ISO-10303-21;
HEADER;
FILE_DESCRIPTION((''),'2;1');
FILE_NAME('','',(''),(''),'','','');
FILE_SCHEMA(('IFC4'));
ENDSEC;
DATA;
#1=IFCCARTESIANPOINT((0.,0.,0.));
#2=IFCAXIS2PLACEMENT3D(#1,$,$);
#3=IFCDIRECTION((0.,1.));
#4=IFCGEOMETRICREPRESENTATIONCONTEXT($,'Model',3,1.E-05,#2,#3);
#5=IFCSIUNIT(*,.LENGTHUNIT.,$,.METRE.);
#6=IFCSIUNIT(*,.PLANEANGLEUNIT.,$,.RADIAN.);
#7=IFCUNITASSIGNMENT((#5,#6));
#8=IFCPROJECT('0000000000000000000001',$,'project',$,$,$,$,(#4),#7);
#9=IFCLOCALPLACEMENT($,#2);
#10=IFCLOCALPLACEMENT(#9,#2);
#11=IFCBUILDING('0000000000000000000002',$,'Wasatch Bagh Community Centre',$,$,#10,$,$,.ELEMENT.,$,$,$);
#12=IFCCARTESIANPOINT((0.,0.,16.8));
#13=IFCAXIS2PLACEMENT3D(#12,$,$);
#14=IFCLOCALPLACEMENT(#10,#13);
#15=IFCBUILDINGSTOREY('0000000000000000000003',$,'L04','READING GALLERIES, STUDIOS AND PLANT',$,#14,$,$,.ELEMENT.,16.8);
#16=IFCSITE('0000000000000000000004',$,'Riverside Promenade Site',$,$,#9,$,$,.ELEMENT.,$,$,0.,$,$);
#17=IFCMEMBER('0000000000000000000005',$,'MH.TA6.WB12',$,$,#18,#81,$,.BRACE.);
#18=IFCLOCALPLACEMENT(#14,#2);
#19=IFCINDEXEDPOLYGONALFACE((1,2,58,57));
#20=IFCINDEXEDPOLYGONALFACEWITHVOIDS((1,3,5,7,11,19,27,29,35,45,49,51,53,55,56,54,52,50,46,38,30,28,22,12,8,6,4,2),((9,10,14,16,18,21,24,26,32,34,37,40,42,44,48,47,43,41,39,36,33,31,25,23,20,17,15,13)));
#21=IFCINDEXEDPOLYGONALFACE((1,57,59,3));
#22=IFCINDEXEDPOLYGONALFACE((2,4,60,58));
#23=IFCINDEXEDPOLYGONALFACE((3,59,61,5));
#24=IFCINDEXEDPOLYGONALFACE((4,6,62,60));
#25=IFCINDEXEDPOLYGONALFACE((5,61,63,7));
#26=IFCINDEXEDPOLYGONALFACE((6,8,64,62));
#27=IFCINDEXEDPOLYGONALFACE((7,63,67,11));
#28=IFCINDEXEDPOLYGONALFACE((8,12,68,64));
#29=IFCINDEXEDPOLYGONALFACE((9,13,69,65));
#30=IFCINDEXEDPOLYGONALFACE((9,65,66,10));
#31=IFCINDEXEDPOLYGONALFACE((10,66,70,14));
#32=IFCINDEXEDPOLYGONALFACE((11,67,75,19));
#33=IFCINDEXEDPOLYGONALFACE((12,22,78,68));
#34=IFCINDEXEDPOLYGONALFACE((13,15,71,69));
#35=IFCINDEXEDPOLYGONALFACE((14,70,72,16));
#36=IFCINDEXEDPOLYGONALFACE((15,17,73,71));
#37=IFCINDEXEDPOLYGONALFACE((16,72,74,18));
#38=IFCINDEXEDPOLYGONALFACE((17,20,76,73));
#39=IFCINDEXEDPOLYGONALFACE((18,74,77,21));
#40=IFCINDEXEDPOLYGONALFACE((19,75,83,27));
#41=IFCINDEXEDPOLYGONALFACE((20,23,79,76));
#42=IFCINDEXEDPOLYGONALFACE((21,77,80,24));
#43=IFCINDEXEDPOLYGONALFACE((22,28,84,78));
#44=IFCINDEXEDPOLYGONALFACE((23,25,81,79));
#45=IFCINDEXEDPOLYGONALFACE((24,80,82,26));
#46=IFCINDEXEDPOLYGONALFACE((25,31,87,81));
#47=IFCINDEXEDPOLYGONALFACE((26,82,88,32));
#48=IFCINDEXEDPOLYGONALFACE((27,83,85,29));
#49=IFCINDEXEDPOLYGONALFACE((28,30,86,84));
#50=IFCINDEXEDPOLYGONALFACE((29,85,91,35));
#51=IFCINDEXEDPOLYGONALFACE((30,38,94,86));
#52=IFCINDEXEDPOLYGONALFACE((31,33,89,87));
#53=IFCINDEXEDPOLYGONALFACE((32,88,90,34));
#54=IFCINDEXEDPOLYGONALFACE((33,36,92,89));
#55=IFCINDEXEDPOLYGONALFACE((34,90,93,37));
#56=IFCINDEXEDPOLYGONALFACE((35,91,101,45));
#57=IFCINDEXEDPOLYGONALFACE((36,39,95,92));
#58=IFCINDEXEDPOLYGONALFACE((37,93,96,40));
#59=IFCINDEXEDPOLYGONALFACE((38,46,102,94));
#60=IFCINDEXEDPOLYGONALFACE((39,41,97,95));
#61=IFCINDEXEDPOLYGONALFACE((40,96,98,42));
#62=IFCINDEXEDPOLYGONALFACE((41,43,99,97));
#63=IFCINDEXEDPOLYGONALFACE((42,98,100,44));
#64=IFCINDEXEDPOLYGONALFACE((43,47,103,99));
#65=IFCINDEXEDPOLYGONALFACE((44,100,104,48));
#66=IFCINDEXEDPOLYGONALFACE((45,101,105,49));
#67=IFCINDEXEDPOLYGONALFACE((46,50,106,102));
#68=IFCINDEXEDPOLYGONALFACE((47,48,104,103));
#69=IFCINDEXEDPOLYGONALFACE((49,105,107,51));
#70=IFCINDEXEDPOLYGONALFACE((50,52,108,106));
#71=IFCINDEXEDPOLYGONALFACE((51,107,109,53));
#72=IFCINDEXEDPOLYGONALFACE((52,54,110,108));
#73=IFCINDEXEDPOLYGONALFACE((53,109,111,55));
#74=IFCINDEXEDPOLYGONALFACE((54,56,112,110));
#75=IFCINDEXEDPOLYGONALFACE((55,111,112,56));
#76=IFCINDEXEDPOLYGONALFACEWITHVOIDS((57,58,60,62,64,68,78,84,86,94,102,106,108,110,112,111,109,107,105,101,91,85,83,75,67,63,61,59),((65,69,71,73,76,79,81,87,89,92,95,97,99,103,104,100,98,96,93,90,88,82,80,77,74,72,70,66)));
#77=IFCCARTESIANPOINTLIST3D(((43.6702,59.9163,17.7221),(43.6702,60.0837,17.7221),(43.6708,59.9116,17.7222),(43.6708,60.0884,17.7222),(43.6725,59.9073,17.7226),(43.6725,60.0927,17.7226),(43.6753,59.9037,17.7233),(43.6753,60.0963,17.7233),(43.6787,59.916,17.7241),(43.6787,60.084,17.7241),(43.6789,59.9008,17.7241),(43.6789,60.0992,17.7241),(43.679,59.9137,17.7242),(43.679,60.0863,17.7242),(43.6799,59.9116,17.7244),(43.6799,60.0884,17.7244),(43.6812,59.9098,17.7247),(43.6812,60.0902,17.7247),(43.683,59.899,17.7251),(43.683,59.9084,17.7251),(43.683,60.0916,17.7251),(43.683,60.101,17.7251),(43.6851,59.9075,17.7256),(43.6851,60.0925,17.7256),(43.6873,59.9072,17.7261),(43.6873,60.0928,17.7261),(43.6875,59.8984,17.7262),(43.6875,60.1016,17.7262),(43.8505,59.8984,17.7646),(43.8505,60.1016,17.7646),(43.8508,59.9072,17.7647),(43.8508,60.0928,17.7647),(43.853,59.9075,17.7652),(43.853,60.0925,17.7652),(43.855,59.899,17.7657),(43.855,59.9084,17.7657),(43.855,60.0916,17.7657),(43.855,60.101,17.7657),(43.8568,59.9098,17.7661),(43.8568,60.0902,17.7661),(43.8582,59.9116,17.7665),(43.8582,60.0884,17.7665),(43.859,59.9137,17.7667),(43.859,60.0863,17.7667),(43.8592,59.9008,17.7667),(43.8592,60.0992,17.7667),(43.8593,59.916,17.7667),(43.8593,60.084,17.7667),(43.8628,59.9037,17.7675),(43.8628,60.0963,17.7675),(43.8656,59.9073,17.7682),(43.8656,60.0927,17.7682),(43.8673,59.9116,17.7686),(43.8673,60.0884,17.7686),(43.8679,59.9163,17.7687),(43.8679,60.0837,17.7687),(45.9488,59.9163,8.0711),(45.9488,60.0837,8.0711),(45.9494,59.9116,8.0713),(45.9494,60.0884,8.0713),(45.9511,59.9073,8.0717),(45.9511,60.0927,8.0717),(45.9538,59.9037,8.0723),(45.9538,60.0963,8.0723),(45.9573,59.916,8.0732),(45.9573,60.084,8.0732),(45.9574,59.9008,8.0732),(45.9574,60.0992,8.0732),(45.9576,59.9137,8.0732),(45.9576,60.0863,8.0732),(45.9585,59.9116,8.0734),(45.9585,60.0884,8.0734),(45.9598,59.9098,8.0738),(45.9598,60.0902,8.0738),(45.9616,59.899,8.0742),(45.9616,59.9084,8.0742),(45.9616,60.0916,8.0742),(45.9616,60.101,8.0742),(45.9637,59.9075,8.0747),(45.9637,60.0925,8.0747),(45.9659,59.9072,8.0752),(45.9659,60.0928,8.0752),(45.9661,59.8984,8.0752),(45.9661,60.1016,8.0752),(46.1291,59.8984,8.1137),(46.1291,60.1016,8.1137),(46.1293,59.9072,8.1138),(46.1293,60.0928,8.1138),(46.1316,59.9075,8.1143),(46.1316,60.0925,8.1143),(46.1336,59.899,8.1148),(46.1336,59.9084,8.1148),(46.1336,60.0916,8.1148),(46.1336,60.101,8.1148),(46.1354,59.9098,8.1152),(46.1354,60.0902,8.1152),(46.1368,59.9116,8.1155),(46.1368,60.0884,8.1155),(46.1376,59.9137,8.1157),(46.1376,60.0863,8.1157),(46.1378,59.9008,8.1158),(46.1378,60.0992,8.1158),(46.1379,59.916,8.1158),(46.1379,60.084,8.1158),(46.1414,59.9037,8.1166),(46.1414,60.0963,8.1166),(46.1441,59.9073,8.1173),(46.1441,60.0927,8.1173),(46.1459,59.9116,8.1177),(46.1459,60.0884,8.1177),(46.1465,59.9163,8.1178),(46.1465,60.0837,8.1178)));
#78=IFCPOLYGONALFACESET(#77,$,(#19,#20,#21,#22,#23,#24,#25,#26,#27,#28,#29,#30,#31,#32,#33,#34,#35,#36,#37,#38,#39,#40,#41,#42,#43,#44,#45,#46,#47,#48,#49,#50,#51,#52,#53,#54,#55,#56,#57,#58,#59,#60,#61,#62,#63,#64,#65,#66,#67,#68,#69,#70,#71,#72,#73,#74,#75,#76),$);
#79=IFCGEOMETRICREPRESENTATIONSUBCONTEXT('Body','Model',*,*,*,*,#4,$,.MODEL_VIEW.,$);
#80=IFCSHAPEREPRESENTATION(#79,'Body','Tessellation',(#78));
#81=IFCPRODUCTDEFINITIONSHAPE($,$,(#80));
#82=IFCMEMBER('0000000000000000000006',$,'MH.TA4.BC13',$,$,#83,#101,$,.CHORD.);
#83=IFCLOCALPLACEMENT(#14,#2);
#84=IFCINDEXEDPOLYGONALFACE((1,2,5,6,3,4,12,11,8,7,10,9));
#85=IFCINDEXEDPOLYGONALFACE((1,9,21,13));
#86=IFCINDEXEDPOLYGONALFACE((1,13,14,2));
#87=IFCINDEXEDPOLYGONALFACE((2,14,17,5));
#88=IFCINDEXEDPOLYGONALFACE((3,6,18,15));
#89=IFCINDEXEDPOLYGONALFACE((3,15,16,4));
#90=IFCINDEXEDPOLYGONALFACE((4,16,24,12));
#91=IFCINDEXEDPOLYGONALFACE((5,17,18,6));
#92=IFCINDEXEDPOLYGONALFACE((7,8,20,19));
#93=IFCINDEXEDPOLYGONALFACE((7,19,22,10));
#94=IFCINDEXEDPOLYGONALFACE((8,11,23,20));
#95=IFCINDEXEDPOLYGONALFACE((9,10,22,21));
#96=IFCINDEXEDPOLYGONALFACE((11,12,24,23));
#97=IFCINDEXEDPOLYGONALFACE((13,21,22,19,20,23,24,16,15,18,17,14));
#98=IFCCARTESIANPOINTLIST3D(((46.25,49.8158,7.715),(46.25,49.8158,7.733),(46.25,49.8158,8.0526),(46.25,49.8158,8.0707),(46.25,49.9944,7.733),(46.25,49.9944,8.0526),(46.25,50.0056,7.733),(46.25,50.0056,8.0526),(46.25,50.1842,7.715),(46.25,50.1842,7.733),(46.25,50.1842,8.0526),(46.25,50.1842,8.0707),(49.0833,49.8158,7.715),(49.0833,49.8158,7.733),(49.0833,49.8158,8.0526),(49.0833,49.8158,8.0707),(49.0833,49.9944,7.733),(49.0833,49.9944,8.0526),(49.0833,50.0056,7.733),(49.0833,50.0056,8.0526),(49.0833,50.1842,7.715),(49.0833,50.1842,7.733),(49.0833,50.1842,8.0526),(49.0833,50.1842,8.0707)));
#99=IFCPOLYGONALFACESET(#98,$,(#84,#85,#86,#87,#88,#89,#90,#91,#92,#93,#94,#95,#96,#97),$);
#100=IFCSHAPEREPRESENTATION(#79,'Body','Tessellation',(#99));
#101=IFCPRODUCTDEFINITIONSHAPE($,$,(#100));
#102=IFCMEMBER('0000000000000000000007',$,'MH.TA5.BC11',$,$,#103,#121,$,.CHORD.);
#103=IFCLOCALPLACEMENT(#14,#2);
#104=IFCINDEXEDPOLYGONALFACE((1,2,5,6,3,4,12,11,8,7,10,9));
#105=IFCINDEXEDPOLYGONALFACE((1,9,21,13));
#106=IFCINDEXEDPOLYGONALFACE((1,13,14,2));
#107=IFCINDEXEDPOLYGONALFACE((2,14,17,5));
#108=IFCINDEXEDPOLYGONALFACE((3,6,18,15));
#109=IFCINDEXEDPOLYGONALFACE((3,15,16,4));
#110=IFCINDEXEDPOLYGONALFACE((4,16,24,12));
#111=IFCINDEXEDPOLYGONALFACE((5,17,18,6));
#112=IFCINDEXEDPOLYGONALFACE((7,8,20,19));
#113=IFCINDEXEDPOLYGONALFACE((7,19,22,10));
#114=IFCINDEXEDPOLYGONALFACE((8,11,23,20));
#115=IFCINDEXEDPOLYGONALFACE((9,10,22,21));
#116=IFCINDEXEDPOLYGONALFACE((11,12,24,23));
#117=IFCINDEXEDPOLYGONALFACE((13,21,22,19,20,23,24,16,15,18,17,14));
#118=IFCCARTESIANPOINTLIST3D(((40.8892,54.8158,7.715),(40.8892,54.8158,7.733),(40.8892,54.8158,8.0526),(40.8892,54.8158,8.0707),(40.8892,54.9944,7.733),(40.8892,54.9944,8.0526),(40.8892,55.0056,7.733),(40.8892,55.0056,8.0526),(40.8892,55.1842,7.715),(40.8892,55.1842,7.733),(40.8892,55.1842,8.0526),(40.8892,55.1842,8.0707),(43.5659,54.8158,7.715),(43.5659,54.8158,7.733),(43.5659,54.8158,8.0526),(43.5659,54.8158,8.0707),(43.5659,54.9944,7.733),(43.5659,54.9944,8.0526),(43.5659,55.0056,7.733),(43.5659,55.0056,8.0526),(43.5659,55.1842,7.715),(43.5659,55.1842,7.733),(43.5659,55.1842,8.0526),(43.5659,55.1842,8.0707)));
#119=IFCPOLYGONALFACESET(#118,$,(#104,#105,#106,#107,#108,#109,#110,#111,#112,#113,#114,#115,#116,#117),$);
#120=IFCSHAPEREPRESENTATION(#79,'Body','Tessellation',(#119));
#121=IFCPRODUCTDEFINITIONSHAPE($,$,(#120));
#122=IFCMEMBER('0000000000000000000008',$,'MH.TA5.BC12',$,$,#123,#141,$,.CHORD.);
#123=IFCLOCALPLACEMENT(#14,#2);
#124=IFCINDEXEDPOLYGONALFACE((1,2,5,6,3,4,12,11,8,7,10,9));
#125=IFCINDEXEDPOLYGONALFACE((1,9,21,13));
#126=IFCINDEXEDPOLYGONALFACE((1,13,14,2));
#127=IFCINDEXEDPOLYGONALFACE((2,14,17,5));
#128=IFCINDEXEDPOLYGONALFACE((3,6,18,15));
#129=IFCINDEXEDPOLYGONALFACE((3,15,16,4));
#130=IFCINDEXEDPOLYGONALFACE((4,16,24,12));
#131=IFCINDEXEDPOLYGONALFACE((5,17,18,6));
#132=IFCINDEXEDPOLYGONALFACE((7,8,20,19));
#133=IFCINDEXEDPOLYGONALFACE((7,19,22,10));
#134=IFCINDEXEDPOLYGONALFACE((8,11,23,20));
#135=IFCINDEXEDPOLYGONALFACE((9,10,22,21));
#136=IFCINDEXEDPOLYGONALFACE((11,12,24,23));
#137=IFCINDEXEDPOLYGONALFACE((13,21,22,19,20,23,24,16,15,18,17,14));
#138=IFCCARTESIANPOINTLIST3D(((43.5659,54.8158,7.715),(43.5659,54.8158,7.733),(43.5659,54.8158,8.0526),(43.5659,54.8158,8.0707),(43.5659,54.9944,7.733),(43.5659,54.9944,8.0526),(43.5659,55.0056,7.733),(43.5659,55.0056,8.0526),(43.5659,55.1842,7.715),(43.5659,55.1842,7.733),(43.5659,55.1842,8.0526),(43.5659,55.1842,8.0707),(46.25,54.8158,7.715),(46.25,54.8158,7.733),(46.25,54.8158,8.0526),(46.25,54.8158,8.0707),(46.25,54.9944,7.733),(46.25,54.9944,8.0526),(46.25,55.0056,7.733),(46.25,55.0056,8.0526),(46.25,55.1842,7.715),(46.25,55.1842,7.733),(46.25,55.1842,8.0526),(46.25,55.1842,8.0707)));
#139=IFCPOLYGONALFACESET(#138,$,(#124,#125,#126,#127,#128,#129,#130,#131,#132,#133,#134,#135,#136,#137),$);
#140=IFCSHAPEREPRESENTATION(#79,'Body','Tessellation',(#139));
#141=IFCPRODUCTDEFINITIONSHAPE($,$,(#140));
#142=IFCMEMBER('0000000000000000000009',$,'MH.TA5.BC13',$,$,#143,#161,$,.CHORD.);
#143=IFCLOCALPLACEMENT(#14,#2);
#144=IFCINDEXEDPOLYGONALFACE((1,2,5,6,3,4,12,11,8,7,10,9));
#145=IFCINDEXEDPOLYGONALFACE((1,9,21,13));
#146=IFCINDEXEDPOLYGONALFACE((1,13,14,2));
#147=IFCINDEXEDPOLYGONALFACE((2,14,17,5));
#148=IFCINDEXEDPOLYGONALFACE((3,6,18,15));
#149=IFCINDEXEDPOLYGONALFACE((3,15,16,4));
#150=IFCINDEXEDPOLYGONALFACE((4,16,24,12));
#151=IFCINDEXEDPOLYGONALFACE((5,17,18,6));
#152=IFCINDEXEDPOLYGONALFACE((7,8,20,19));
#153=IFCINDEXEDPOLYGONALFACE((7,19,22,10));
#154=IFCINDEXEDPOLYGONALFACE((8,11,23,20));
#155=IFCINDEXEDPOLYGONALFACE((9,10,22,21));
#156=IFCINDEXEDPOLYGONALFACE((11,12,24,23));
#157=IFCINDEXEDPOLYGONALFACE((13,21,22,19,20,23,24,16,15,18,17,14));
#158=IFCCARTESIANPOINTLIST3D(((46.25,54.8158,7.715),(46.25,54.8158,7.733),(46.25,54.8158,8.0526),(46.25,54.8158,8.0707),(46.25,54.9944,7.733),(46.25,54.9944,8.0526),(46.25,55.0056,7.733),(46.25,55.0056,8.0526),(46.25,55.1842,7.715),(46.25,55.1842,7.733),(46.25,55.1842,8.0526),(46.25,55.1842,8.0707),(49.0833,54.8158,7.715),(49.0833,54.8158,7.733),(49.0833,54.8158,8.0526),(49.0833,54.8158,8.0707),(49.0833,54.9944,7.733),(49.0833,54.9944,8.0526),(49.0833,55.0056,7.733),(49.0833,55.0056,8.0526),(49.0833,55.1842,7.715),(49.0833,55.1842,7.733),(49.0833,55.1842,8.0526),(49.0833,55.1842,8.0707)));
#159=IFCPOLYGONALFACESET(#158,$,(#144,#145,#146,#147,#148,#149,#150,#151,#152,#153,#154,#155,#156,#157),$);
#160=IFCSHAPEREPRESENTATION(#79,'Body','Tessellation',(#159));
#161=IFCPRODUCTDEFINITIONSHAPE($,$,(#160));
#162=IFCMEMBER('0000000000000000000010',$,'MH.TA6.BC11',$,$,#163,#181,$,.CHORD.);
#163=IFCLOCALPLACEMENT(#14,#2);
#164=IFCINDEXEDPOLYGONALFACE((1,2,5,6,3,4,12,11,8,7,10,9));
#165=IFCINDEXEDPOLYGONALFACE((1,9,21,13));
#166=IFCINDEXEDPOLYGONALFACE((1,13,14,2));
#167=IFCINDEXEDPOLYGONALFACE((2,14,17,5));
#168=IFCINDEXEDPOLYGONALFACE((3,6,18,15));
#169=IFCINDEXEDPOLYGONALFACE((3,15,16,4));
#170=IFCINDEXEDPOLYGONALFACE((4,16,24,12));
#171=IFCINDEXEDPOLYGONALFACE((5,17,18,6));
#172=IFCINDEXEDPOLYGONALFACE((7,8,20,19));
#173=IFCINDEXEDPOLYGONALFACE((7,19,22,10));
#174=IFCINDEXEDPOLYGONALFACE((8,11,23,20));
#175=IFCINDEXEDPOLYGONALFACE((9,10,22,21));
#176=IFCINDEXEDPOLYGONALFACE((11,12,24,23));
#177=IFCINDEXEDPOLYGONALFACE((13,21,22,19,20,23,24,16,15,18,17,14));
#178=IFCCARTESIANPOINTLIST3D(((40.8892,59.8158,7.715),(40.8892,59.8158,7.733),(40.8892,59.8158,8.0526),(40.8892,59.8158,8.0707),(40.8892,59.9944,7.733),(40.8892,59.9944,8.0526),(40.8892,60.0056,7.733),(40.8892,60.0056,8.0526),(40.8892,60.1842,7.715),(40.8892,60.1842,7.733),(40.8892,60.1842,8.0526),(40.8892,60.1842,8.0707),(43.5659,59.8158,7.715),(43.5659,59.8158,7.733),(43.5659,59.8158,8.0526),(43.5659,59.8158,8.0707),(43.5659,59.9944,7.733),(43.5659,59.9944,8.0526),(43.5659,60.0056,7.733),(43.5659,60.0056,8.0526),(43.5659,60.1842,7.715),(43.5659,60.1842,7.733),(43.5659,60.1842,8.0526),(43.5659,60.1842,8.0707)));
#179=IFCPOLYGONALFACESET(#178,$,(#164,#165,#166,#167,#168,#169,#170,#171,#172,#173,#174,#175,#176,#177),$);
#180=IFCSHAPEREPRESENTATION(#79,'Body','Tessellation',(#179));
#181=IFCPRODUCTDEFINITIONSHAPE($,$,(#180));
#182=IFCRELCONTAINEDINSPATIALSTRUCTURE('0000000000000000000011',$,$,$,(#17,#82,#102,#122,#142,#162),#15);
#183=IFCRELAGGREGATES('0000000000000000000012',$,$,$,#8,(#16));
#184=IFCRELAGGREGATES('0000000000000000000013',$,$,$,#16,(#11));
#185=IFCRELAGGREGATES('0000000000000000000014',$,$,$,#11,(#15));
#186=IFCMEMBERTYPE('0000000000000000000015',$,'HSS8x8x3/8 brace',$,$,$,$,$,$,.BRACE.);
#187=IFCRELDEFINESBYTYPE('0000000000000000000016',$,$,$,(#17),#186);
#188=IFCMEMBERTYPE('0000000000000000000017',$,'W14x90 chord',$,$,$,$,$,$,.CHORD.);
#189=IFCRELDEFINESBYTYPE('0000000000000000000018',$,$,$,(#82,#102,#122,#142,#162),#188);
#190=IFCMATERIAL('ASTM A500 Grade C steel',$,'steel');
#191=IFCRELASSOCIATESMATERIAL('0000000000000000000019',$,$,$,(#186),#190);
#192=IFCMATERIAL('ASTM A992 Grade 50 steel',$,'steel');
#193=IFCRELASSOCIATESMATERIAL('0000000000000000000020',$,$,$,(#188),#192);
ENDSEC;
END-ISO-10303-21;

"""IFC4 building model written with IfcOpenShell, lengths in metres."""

from ifc_helpers import new_model, si_unit, direction, frame, origin, origin_2d, place, context, subcontext, project, spatial, hollow_rectangle, i_section, extrude, material, material_profile, profile_set, type_object, element, save


model = new_model("IFC4")

# Units and contexts
model_context = context("Model", 3, precision=1e-05, world=origin(), true_north=direction((0.0, 1.0)))
body_context = subcontext(model_context, "Body", "Model", "MODEL_VIEW")
ifc_project = project(units=[si_unit("LENGTHUNIT", "METRE"), si_unit("PLANEANGLEUNIT", "RADIAN")], contexts=[model_context])

# Site, building, storey
site_placement = place(None, origin())
site = spatial("IfcSite", under=ifc_project, at=site_placement, Name="Riverside Promenade Site", CompositionType="ELEMENT", RefElevation=0.0)
building_placement = place(site_placement, origin())
building = spatial("IfcBuilding", under=site, at=building_placement, Name="Wasatch Bagh Community Centre", CompositionType="ELEMENT")
storey_placement = place(building_placement, frame((0.0, 0.0, 16.8)))
storey = spatial("IfcBuildingStorey", under=building, at=storey_placement, Name="L04", Description="READING GALLERIES, STUDIOS AND PLANT", CompositionType="ELEMENT", Elevation=16.8)

# Members
ifc_material_1 = material(Name="ASTM A500 Grade C steel", Category="steel")
ifc_material_profile_1 = material_profile(ifc_material_1, hollow_rectangle(XDim=0.2031, YDim=0.2031, WallThickness=0.0088, InnerFilletRadius=0.0088, OuterFilletRadius=0.0178, at=origin_2d()), Name="HSS8x8x3/8")
ifc_profile_set_1 = profile_set([ifc_material_profile_1], Name="ASTM A500 Grade C steel")
member_type_1 = type_object("IfcMemberType", Name="HSS8x8x3/8 brace", PredefinedType="BRACE", material=ifc_profile_set_1)
member_1_placement = place(storey_placement, frame((46.0476, 60.0, 8.0945), z_axis=(-0.229782, 0.0, 0.973242), x_axis=(0.0, -1.0, 0.0)))
element("IfcMember", 1, at=member_1_placement, inside=storey, type_object=member_type_1, Name="MH.TA6.WB12", PredefinedType="BRACE", context=body_context, shape_type="SweptSolid", body=[
    extrude(hollow_rectangle(XDim=0.2031, YDim=0.2031, WallThickness=0.0088, InnerFilletRadius=0.0088, OuterFilletRadius=0.0178, at=origin_2d()), origin(), (0.0, 0.0, 1.0), 9.9163),
])
ifc_material_2 = material(Name="ASTM A992 Grade 50 steel", Category="steel")
ifc_material_profile_2 = material_profile(ifc_material_2, i_section(OverallWidth=0.3684, OverallDepth=0.3557, WebThickness=0.0112, FlangeThickness=0.0181, at=origin_2d()), Name="W14x90")
ifc_profile_set_2 = profile_set([ifc_material_profile_2], Name="ASTM A992 Grade 50 steel")
member_type_2 = type_object("IfcMemberType", Name="W14x90 chord", PredefinedType="CHORD", material=ifc_profile_set_2)
member_2_placement = place(storey_placement, frame((46.25, 50.0, 7.8928), z_axis=(1.0, 0.0, 0.0), x_axis=(0.0, 1.0, 0.0)))
element("IfcMember", 2, at=member_2_placement, inside=storey, type_object=member_type_2, Name="MH.TA4.BC13", PredefinedType="CHORD", context=body_context, shape_type="SweptSolid", body=[
    extrude(i_section(OverallWidth=0.3684, OverallDepth=0.3557, WebThickness=0.0112, FlangeThickness=0.0181, at=origin_2d()), origin(), (0.0, 0.0, 1.0), 2.8333),
])
member_3_placement = place(storey_placement, frame((40.8892, 55.0, 7.8928), z_axis=(1.0, 0.0, 0.0), x_axis=(0.0, 1.0, 0.0)))
element("IfcMember", 3, at=member_3_placement, inside=storey, type_object=member_type_2, Name="MH.TA5.BC11", PredefinedType="CHORD", context=body_context, shape_type="SweptSolid", body=[
    extrude(i_section(OverallWidth=0.3684, OverallDepth=0.3557, WebThickness=0.0112, FlangeThickness=0.0181, at=origin_2d()), origin(), (0.0, 0.0, 1.0), 2.6768),
])
member_4_placement = place(storey_placement, frame((43.5659, 55.0, 7.8928), z_axis=(1.0, 0.0, 0.0), x_axis=(0.0, 1.0, 0.0)))
element("IfcMember", 4, at=member_4_placement, inside=storey, type_object=member_type_2, Name="MH.TA5.BC12", PredefinedType="CHORD", context=body_context, shape_type="SweptSolid", body=[
    extrude(i_section(OverallWidth=0.3684, OverallDepth=0.3557, WebThickness=0.0112, FlangeThickness=0.0181, at=origin_2d()), origin(), (0.0, 0.0, 1.0), 2.6841),
])
member_5_placement = place(storey_placement, frame((46.25, 55.0, 7.8928), z_axis=(1.0, 0.0, 0.0), x_axis=(0.0, 1.0, 0.0)))
element("IfcMember", 5, at=member_5_placement, inside=storey, type_object=member_type_2, Name="MH.TA5.BC13", PredefinedType="CHORD", context=body_context, shape_type="SweptSolid", body=[
    extrude(i_section(OverallWidth=0.3684, OverallDepth=0.3557, WebThickness=0.0112, FlangeThickness=0.0181, at=origin_2d()), origin(), (0.0, 0.0, 1.0), 2.8333),
])
member_6_placement = place(storey_placement, frame((40.8892, 60.0, 7.8928), z_axis=(1.0, 0.0, 0.0), x_axis=(0.0, 1.0, 0.0)))
element("IfcMember", 6, at=member_6_placement, inside=storey, type_object=member_type_2, Name="MH.TA6.BC11", PredefinedType="CHORD", context=body_context, shape_type="SweptSolid", body=[
    extrude(i_section(OverallWidth=0.3684, OverallDepth=0.3557, WebThickness=0.0112, FlangeThickness=0.0181, at=origin_2d()), origin(), (0.0, 0.0, 1.0), 2.6768),
])

save(model, "model.ifc")
